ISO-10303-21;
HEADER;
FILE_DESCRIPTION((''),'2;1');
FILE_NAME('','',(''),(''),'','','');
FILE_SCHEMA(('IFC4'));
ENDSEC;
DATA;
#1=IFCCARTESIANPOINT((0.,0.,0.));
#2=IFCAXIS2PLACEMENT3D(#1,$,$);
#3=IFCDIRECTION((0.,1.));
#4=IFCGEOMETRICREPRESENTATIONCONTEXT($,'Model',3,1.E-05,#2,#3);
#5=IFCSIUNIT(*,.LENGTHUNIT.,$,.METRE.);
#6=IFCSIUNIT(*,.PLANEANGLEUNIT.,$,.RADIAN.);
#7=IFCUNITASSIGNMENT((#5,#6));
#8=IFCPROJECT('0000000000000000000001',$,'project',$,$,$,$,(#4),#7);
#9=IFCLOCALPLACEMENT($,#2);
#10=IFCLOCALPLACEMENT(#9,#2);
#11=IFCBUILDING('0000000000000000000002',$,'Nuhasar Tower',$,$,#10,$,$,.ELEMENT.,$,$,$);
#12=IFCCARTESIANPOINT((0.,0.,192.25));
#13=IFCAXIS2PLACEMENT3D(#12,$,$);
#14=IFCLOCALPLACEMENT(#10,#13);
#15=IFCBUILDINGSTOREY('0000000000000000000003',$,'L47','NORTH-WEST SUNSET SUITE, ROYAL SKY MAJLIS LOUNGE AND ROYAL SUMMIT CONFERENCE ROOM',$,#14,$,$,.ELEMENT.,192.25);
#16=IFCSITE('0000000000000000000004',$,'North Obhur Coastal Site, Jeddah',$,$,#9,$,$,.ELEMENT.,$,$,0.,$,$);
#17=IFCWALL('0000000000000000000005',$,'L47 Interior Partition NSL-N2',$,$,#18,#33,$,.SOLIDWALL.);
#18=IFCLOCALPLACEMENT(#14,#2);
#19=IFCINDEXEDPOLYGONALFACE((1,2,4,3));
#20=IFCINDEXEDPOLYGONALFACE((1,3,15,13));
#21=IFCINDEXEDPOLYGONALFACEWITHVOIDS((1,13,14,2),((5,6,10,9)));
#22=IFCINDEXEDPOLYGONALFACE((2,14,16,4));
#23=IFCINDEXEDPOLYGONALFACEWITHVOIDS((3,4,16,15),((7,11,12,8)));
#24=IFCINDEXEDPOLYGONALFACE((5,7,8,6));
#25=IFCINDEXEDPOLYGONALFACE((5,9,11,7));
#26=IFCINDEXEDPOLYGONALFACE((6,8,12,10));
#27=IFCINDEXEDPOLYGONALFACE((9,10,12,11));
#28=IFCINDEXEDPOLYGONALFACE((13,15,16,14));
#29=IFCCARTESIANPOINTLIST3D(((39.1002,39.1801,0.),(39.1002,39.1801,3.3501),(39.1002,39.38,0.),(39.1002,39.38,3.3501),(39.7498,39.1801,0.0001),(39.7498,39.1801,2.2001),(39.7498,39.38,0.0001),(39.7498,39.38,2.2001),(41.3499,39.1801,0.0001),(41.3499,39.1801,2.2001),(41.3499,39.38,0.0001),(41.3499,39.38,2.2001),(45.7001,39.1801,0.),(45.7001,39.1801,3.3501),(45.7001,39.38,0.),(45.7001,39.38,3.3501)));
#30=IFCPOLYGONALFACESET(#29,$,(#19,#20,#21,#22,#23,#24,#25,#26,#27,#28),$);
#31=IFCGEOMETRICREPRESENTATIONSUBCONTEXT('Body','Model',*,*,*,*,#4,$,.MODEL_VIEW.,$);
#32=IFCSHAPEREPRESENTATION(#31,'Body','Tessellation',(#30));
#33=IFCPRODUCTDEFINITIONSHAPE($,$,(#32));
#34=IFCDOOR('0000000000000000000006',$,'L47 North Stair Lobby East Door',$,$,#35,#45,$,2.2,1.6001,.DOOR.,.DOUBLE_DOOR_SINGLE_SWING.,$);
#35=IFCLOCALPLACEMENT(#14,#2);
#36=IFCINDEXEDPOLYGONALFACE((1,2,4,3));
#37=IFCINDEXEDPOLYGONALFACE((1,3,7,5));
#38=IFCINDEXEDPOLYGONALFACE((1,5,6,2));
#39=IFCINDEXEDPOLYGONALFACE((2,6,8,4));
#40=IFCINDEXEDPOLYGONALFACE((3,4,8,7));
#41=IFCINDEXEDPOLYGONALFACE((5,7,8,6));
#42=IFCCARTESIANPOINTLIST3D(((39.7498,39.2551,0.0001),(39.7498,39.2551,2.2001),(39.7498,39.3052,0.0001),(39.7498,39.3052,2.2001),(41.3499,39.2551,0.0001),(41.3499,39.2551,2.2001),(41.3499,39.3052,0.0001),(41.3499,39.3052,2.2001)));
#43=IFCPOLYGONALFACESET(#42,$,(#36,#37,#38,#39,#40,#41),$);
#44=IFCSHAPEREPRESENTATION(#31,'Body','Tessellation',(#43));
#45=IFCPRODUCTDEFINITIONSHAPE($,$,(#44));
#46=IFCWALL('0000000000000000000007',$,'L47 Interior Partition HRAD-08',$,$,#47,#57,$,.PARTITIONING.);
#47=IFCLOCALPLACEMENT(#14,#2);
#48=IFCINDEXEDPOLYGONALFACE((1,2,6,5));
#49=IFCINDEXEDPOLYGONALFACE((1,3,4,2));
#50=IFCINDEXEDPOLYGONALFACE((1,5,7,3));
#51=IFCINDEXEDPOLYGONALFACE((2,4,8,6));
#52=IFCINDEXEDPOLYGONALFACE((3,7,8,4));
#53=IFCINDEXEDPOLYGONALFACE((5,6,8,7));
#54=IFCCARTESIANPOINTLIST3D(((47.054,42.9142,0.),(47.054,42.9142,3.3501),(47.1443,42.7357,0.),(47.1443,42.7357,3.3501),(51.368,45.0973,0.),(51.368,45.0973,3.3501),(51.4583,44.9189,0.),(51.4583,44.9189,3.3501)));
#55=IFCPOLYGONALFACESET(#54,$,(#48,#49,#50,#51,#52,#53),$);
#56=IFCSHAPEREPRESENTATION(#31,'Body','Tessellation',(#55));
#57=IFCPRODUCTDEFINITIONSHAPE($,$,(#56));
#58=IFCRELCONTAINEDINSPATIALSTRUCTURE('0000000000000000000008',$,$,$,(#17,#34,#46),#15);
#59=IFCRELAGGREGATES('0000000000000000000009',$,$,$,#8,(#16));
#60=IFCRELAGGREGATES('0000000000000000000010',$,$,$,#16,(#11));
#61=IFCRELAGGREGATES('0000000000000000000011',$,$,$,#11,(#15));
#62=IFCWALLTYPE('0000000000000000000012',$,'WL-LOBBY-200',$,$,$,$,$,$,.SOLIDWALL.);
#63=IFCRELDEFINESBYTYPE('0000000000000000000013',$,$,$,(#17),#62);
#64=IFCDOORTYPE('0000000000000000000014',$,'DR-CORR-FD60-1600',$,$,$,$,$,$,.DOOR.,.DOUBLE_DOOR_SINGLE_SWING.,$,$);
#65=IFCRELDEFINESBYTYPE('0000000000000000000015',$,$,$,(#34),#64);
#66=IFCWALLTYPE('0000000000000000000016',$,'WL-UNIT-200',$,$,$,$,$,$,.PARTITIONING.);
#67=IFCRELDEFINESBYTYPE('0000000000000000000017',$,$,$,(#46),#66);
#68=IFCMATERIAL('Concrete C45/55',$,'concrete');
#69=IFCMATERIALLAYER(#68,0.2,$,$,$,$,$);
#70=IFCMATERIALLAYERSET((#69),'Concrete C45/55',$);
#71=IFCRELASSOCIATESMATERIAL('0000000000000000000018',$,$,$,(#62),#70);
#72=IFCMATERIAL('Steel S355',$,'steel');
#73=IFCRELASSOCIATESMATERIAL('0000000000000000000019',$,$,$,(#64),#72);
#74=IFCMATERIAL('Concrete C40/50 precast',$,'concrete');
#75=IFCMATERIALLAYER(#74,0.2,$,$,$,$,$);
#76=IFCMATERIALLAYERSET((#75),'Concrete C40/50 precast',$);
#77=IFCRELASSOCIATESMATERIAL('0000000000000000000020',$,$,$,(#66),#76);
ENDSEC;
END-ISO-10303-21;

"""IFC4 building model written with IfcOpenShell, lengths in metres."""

from ifc_helpers import new_model, si_unit, direction, frame, frame_2d, origin, place, context, subcontext, project, spatial, rectangle, extrude, material, layer, layer_set, type_object, element, fill, save


model = new_model("IFC4")

# Units and contexts
model_context = context("Model", 3, precision=1e-05, world=origin(), true_north=direction((0.0, 1.0)))
body_context = subcontext(model_context, "Body", "Model", "MODEL_VIEW")
ifc_project = project(units=[si_unit("LENGTHUNIT", "METRE"), si_unit("PLANEANGLEUNIT", "RADIAN")], contexts=[model_context])

# Site, building, storey
site_placement = place(None, origin())
site = spatial("IfcSite", under=ifc_project, at=site_placement, Name="North Obhur Coastal Site, Jeddah", CompositionType="ELEMENT", RefElevation=0.0)
building_placement = place(site_placement, origin())
building = spatial("IfcBuilding", under=site, at=building_placement, Name="Nuhasar Tower", CompositionType="ELEMENT")
storey_placement = place(building_placement, frame((0.0, 0.0, 192.25)))
storey = spatial("IfcBuildingStorey", under=building, at=storey_placement, Name="L47", Description="NORTH-WEST SUNSET SUITE, ROYAL SKY MAJLIS LOUNGE AND ROYAL SUMMIT CONFERENCE ROOM", CompositionType="ELEMENT", Elevation=192.25)

# Shared definitions
ifc_material_1 = material(Name="Steel S355", Category="steel")

# Shared definitions
ifc_material_2 = material(Name="Concrete C45/55", Category="concrete")
ifc_layer_1 = layer(ifc_material_2, 0.2)
ifc_layer_set_1 = layer_set([ifc_layer_1], Name="Concrete C45/55")
wall_type_1 = type_object("IfcWallType", Name="WL-LOBBY-200", PredefinedType="SOLIDWALL", material=ifc_layer_set_1)

# Wall, opening, door
wall_1_placement = place(storey_placement, frame((45.7, 39.28, 0.0), z_axis=(0.0, 0.0, 1.0), x_axis=(-1.0, 0.0, 0.0)))
wall_1 = element("IfcWall", 1, at=wall_1_placement, inside=storey, type_object=wall_type_1, Name="L47 Interior Partition NSL-N2", PredefinedType="SOLIDWALL", context=body_context, shape_type="SweptSolid", body=[
    extrude(rectangle(XDim=6.5999, YDim=0.2, at=frame_2d((3.2998, 0.0))), origin(), (0.0, 0.0, 1.0), 3.3501),
])
opening_1_placement = place(wall_1_placement, frame((4.3501, 0.0, 0.0)))
opening_1 = element("IfcOpeningElement", 2, at=opening_1_placement, cuts=wall_1, PredefinedType="OPENING", context=body_context, shape_type="SweptSolid", body=[
    extrude(rectangle(XDim=1.6001, YDim=2.2, at=frame_2d((0.8, 1.1001))), frame((0.0, 0.1099, 0.0), z_axis=(0.0, -1.0, 0.0), x_axis=(1.0, 0.0, 0.0)), (0.0, 0.0, 1.0), 0.22),
])
door_type_1 = type_object("IfcDoorType", Name="DR-CORR-FD60-1600", OperationType="DOUBLE_DOOR_SINGLE_SWING", PredefinedType="DOOR", material=ifc_material_1)
door_1_placement = place(opening_1_placement, origin())
door_1 = element("IfcDoor", 3, at=door_1_placement, inside=storey, type_object=door_type_1, Name="L47 North Stair Lobby East Door", OperationType="DOUBLE_DOOR_SINGLE_SWING", OverallHeight=2.2, OverallWidth=1.6001, PredefinedType="DOOR", context=body_context, shape_type="SweptSolid", body=[
    extrude(rectangle(XDim=1.6001, YDim=2.2, at=frame_2d((0.8, 1.1001))), frame((0.0, 0.0249, 0.0), z_axis=(0.0, -1.0, 0.0), x_axis=(1.0, 0.0, 0.0)), (0.0, 0.0, 1.0), 0.05),
])
fill(opening_1, door_1)

# Wall
ifc_material_3 = material(Name="Concrete C40/50 precast", Category="concrete")
ifc_layer_2 = layer(ifc_material_3, 0.2)
ifc_layer_set_2 = layer_set([ifc_layer_2], Name="Concrete C40/50 precast")
wall_type_2 = type_object("IfcWallType", Name="WL-UNIT-200", PredefinedType="PARTITIONING", material=ifc_layer_set_2)
wall_2_placement = place(storey_placement, frame((47.0991, 42.825, 0.0), z_axis=(0.0, 0.0, 1.0), x_axis=(0.892256, 0.451531, 0.0)))
element("IfcWall", 4, at=wall_2_placement, inside=storey, type_object=wall_type_2, Name="L47 Interior Partition HRAD-08", PredefinedType="PARTITIONING", context=body_context, shape_type="SweptSolid", body=[
    extrude(rectangle(XDim=4.835, YDim=0.2, at=frame_2d((2.4175, 0.0))), origin(), (0.0, 0.0, 1.0), 3.3501),
])

save(model, "model.ifc")
